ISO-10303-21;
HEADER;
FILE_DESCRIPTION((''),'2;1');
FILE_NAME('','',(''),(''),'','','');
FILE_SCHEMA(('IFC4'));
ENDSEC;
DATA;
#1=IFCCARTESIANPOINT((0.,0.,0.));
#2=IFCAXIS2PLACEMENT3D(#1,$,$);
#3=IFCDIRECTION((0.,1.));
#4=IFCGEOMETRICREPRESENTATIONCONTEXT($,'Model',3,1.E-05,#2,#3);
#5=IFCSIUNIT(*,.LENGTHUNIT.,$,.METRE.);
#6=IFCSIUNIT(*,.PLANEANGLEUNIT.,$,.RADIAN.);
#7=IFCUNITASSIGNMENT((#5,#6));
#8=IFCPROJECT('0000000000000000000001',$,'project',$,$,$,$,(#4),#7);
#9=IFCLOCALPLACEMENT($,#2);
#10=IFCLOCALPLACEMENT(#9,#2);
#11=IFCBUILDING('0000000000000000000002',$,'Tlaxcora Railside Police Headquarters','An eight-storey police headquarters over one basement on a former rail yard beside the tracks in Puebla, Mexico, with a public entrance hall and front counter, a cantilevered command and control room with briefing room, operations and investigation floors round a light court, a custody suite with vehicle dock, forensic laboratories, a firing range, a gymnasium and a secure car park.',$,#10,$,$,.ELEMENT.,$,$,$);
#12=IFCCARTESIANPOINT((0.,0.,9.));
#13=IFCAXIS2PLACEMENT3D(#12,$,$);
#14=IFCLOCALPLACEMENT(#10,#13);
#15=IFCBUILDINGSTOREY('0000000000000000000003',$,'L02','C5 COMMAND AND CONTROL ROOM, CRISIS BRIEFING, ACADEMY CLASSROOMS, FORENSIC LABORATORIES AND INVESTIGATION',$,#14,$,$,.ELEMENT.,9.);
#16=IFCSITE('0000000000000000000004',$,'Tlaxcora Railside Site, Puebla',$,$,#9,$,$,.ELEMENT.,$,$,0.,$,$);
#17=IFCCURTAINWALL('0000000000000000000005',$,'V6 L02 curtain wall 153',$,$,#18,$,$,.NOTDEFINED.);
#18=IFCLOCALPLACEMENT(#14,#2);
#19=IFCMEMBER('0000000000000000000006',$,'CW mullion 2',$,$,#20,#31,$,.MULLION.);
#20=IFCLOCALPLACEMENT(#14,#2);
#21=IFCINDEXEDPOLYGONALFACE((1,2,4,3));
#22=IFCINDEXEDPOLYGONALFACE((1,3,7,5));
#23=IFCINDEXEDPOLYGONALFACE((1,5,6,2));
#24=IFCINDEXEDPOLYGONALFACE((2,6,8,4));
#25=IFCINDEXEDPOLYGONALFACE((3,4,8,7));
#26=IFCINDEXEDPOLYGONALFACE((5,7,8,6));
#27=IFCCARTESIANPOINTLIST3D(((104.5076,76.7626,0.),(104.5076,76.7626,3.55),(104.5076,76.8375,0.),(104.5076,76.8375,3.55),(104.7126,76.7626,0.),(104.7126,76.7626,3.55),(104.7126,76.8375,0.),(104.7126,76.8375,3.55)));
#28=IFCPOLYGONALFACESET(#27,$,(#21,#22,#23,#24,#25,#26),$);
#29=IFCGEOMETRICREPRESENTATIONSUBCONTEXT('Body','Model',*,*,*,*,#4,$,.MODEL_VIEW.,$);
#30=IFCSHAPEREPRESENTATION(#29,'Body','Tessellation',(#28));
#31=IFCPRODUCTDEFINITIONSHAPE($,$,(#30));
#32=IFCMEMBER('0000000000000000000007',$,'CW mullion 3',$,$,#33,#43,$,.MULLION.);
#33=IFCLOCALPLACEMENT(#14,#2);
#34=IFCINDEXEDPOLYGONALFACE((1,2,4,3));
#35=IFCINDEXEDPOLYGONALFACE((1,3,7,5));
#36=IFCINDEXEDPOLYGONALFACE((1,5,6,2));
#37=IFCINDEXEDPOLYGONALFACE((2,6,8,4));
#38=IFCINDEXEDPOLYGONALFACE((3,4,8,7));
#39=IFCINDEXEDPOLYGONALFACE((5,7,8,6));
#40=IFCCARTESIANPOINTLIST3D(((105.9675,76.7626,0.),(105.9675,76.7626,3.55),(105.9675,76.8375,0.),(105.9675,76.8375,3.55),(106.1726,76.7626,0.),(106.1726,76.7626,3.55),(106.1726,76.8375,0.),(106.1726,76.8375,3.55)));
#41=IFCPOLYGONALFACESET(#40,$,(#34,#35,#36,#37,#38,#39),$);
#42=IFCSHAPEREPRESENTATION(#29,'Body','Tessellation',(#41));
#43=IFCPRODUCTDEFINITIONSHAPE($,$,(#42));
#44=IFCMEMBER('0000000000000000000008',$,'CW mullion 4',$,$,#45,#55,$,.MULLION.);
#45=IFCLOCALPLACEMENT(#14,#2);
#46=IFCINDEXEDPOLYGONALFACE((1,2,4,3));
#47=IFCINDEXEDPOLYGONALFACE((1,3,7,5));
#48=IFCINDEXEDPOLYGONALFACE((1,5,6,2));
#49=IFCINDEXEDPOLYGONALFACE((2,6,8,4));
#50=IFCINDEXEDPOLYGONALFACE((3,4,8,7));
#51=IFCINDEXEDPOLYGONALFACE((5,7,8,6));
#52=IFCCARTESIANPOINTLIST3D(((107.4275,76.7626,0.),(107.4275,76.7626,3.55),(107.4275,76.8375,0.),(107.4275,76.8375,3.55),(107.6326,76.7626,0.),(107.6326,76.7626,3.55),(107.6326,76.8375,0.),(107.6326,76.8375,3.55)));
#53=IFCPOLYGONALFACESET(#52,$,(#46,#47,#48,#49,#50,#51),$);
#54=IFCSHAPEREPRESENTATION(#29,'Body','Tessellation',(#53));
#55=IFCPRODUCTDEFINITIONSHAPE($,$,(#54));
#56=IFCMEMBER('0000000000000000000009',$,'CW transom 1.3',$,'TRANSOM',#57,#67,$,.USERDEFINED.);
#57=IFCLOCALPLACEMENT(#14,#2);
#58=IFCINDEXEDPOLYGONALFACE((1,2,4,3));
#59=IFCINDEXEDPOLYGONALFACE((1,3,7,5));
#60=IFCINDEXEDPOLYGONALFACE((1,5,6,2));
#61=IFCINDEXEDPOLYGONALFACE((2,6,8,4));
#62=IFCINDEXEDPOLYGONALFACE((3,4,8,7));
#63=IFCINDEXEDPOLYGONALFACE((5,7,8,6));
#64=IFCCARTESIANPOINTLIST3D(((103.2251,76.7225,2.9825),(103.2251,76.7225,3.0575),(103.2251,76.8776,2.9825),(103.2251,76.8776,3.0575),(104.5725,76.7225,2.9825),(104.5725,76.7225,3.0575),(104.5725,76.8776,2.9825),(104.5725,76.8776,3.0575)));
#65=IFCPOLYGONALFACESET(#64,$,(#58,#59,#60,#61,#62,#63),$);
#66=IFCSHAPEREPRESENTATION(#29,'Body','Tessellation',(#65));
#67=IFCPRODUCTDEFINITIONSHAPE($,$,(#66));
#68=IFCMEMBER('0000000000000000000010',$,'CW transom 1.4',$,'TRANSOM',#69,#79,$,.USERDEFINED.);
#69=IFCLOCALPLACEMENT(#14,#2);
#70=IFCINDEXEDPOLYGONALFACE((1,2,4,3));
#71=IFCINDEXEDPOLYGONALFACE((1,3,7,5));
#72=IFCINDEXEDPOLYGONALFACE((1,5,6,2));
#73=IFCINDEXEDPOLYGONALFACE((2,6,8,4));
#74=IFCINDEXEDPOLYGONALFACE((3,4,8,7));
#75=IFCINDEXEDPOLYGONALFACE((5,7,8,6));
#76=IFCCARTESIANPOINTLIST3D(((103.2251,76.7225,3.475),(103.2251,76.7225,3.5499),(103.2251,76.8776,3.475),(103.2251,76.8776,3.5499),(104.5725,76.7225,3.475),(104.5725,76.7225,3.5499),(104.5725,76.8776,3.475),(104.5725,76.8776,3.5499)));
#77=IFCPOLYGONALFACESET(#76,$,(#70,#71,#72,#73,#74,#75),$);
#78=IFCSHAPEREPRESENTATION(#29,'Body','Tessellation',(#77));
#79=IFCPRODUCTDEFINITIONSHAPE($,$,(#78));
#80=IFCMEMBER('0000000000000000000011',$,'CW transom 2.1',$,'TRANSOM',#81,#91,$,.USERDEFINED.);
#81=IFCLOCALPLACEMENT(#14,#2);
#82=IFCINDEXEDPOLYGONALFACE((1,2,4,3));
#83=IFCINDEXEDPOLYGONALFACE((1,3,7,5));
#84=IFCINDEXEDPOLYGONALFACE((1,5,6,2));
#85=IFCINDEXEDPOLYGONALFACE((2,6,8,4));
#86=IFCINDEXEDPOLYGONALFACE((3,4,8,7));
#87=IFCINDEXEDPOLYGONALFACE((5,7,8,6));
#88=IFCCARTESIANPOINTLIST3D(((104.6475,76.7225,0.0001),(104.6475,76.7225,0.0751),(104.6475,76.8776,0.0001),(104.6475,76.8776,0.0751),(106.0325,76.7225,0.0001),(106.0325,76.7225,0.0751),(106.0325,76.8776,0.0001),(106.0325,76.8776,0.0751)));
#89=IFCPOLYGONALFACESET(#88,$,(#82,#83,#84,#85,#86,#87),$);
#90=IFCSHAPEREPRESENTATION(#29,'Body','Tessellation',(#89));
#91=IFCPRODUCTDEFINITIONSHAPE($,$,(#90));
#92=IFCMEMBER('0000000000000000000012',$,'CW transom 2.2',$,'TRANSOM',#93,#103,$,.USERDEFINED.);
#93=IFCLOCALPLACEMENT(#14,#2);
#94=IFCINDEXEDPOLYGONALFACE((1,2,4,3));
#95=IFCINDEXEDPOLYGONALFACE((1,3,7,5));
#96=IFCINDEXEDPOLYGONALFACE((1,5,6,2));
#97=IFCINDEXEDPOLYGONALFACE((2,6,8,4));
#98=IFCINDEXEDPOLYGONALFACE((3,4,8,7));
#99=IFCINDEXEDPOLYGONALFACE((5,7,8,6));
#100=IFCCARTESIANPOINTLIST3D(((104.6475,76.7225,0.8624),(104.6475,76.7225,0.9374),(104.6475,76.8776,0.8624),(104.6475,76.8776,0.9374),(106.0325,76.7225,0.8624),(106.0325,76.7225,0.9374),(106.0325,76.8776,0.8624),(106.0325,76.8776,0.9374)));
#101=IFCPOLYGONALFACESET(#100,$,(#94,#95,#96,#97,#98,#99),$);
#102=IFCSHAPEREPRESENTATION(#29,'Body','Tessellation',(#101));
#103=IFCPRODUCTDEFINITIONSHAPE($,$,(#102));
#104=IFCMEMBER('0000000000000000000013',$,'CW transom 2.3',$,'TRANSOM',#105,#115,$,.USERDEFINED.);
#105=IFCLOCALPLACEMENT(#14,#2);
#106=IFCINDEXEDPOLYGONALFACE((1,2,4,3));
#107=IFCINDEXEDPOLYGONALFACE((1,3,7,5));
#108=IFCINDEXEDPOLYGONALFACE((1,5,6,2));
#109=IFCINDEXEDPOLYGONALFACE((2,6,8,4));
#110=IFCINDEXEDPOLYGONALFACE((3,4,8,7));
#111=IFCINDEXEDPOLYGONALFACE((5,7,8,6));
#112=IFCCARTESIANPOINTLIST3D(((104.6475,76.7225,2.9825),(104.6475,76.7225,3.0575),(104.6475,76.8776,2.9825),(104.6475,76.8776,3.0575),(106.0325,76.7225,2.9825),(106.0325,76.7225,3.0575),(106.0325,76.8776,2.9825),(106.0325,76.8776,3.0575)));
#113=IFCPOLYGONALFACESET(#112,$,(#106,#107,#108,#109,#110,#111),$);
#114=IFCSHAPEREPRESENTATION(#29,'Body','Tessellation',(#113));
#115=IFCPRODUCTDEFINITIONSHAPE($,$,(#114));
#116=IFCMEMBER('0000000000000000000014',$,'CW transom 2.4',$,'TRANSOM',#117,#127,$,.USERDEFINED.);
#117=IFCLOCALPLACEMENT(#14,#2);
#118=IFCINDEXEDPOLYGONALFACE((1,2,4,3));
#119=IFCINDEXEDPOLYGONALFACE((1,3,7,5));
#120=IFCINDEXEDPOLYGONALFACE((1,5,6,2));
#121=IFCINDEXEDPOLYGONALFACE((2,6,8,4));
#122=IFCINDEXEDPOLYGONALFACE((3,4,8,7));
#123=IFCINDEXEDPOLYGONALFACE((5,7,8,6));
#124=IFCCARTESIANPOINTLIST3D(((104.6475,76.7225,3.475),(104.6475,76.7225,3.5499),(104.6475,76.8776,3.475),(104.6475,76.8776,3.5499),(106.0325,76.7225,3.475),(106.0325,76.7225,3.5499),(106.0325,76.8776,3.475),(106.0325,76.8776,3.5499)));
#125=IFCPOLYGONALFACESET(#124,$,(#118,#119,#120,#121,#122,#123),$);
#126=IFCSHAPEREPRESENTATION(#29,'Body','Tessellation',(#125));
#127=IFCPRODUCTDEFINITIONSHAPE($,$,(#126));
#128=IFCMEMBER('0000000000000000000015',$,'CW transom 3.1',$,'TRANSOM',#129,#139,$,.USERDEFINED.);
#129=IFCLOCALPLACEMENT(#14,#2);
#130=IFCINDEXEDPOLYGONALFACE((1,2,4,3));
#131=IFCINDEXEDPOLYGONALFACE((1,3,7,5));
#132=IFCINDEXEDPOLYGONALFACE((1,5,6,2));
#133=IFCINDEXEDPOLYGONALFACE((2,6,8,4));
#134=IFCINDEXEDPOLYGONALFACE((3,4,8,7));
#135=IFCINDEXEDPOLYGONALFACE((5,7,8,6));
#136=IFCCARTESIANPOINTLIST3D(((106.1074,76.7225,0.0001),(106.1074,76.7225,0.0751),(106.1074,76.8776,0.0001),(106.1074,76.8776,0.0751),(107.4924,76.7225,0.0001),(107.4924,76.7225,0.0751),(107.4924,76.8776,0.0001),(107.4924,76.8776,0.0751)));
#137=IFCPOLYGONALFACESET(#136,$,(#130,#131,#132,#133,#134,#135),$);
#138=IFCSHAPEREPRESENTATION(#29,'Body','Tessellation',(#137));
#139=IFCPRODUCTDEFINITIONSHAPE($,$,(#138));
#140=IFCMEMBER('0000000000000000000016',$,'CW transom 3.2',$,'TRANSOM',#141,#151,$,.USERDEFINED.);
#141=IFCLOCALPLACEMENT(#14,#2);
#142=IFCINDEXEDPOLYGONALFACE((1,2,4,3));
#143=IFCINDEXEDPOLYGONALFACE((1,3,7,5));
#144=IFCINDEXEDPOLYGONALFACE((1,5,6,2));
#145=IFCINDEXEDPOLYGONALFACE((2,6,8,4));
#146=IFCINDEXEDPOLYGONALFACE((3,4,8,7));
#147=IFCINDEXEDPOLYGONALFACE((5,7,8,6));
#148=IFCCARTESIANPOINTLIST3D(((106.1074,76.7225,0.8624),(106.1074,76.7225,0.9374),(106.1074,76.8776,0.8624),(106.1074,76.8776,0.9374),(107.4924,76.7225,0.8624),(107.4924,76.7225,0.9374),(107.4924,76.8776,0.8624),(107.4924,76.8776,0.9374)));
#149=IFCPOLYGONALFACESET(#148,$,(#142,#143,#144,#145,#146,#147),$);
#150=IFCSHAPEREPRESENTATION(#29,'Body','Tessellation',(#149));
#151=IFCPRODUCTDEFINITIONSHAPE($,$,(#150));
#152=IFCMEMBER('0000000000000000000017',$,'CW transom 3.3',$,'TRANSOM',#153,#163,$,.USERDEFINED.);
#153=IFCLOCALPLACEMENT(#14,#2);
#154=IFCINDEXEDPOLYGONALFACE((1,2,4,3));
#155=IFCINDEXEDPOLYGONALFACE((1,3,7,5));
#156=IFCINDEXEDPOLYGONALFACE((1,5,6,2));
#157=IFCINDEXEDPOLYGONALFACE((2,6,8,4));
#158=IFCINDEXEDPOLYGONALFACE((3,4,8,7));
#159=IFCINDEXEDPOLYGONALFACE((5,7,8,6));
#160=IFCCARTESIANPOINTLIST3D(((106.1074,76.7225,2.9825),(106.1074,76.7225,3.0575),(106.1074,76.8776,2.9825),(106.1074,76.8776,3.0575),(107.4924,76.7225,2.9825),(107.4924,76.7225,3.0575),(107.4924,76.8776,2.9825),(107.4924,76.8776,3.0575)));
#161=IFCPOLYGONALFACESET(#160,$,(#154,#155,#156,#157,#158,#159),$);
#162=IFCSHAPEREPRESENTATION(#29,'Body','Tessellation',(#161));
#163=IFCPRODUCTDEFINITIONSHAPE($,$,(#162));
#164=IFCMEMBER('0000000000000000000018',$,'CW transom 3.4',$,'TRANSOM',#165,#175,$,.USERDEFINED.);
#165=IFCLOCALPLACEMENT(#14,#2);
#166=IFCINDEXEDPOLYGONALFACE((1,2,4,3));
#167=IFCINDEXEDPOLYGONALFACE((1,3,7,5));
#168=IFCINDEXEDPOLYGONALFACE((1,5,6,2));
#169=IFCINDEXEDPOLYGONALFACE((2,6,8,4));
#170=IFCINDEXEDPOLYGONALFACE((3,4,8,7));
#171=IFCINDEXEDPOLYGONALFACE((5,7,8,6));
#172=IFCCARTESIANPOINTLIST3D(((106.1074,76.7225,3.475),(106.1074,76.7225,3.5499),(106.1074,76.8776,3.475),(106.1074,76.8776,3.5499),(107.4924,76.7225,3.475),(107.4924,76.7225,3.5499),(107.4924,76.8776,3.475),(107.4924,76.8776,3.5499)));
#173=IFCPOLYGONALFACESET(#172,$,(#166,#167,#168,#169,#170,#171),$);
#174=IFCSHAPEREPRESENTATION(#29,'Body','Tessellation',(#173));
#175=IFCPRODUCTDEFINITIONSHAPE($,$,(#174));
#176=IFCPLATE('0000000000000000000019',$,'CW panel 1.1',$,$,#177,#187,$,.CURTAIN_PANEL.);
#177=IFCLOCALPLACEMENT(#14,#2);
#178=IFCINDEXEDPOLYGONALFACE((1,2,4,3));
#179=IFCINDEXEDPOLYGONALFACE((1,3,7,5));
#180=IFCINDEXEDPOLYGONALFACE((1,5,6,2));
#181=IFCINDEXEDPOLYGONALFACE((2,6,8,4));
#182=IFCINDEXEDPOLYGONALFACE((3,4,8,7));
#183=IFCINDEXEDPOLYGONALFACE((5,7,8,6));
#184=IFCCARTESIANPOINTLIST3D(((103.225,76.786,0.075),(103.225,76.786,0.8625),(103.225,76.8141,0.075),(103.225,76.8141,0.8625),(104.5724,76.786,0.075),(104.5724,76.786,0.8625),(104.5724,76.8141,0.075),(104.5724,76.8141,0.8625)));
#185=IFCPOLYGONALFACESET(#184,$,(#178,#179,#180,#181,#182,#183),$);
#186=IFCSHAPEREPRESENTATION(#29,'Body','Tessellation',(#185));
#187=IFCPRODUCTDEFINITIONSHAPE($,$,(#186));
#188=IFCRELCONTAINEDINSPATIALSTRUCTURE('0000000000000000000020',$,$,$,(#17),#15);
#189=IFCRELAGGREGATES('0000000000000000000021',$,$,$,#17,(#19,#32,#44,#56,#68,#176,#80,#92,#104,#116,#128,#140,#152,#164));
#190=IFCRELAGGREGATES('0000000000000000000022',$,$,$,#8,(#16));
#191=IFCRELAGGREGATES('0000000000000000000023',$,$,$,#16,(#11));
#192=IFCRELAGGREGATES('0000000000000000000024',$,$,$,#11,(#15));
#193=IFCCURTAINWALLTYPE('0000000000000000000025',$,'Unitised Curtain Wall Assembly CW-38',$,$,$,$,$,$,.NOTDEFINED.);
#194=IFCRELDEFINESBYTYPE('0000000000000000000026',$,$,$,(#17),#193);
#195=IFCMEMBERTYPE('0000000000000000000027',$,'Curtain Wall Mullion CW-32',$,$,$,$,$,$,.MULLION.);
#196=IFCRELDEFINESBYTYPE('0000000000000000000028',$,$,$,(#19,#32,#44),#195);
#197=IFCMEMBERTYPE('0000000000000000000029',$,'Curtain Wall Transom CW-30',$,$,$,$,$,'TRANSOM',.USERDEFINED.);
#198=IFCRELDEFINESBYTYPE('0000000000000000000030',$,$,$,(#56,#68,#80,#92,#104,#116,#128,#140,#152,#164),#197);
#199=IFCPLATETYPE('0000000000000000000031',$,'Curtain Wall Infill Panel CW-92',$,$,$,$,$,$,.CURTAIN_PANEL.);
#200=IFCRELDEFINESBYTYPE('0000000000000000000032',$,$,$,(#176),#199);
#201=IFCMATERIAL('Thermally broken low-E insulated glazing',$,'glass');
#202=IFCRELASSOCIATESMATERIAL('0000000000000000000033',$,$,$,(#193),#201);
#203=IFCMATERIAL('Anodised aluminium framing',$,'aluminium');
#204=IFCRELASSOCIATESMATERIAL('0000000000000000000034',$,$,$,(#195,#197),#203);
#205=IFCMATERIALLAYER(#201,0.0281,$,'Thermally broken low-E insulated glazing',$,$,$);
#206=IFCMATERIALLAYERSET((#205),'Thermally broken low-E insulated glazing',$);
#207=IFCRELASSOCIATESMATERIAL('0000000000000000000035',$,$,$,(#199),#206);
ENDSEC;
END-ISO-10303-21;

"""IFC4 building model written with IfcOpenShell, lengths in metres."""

from ifc_helpers import new_model, si_unit, direction, frame, origin, origin_2d, place, context, subcontext, project, spatial, rectangle, extrude, material, layer, layer_set, material_profile, profile_set, type_object, element, aggregate, save


model = new_model("IFC4")

# Units and contexts
model_context = context("Model", 3, precision=1e-05, world=origin(), true_north=direction((0.0, 1.0)))
body_context = subcontext(model_context, "Body", "Model", "MODEL_VIEW")
ifc_project = project(units=[si_unit("LENGTHUNIT", "METRE"), si_unit("PLANEANGLEUNIT", "RADIAN")], contexts=[model_context])

# Site, building, storey
site_placement = place(None, origin())
site = spatial("IfcSite", under=ifc_project, at=site_placement, Name="Tlaxcora Railside Site, Puebla", CompositionType="ELEMENT", RefElevation=0.0)
building_placement = place(site_placement, origin())
building = spatial("IfcBuilding", under=site, at=building_placement, Name="Tlaxcora Railside Police Headquarters", Description="An eight-storey police headquarters over one basement on a former rail yard beside the tracks in Puebla, Mexico, with a public entrance hall and front counter, a cantilevered command and control room with briefing room, operations and investigation floors round a light court, a custody suite with vehicle dock, forensic laboratories, a firing range, a gymnasium and a secure car park.", CompositionType="ELEMENT")
storey_placement = place(building_placement, frame((0.0, 0.0, 9.0)))
storey = spatial("IfcBuildingStorey", under=building, at=storey_placement, Name="L02", Description="C5 COMMAND AND CONTROL ROOM, CRISIS BRIEFING, ACADEMY CLASSROOMS, FORENSIC LABORATORIES AND INVESTIGATION", CompositionType="ELEMENT", Elevation=9.0)

# Curtain wall, members, plate
ifc_material_1 = material(Name="Thermally broken low-E insulated glazing", Category="glass")
curtain_wall_type = type_object("IfcCurtainWallType", Name="Unitised Curtain Wall Assembly CW-38", PredefinedType="NOTDEFINED", material=ifc_material_1)
curtain_wall_placement = place(storey_placement, origin())
curtain_wall = element("IfcCurtainWall", 1, at=curtain_wall_placement, inside=storey, type_object=curtain_wall_type, Name="V6 L02 curtain wall 153", PredefinedType="NOTDEFINED")
ifc_material_2 = material(Name="Anodised aluminium framing", Category="aluminium")
ifc_material_profile_1 = material_profile(ifc_material_2, rectangle(XDim=0.075, YDim=0.2051, at=origin_2d()), Name="AL75X205")
ifc_profile_set_1 = profile_set([ifc_material_profile_1], Name="Anodised aluminium framing")
member_type_1 = type_object("IfcMemberType", Name="Curtain Wall Mullion CW-32", PredefinedType="MULLION", material=ifc_profile_set_1)
member_1_placement = place(storey_placement, frame((104.6101, 76.8, 0.0), z_axis=(0.0, 0.0, 1.0), x_axis=(0.0, 1.0, 0.0)))
member_1 = element("IfcMember", 2, at=member_1_placement, type_object=member_type_1, Name="CW mullion 2", PredefinedType="MULLION", context=body_context, shape_type="SweptSolid", body=[
    extrude(rectangle(XDim=0.075, YDim=0.2051, at=origin_2d()), origin(), (0.0, 0.0, 1.0), 3.55),
])
member_2_placement = place(storey_placement, frame((106.0701, 76.8, 0.0), z_axis=(0.0, 0.0, 1.0), x_axis=(0.0, 1.0, 0.0)))
member_2 = element("IfcMember", 3, at=member_2_placement, type_object=member_type_1, Name="CW mullion 3", PredefinedType="MULLION", context=body_context, shape_type="SweptSolid", body=[
    extrude(rectangle(XDim=0.075, YDim=0.2051, at=origin_2d()), origin(), (0.0, 0.0, 1.0), 3.55),
])
member_3_placement = place(storey_placement, frame((107.53, 76.8, 0.0), z_axis=(0.0, 0.0, 1.0), x_axis=(0.0, 1.0, 0.0)))
member_3 = element("IfcMember", 4, at=member_3_placement, type_object=member_type_1, Name="CW mullion 4", PredefinedType="MULLION", context=body_context, shape_type="SweptSolid", body=[
    extrude(rectangle(XDim=0.075, YDim=0.2051, at=origin_2d()), origin(), (0.0, 0.0, 1.0), 3.55),
])
ifc_material_profile_2 = material_profile(ifc_material_2, rectangle(XDim=0.155, YDim=0.075, at=origin_2d()), Name="AL75X155")
ifc_profile_set_2 = profile_set([ifc_material_profile_2], Name="Anodised aluminium framing")
member_type_2 = type_object("IfcMemberType", Name="Curtain Wall Transom CW-30", ElementType="TRANSOM", PredefinedType="USERDEFINED", material=ifc_profile_set_2)
member_4_placement = place(storey_placement, frame((103.2251, 76.8, 3.02), z_axis=(1.0, 0.0, 0.0), x_axis=(0.0, 1.0, 0.0)))
member_4 = element("IfcMember", 5, at=member_4_placement, type_object=member_type_2, Name="CW transom 1.3", ObjectType="TRANSOM", PredefinedType="USERDEFINED", context=body_context, shape_type="SweptSolid", body=[
    extrude(rectangle(XDim=0.155, YDim=0.075, at=origin_2d()), origin(), (0.0, 0.0, 1.0), 1.3474),
])
member_5_placement = place(storey_placement, frame((103.2251, 76.8, 3.5125), z_axis=(1.0, 0.0, 0.0), x_axis=(0.0, 1.0, 0.0)))
member_5 = element("IfcMember", 6, at=member_5_placement, type_object=member_type_2, Name="CW transom 1.4", ObjectType="TRANSOM", PredefinedType="USERDEFINED", context=body_context, shape_type="SweptSolid", body=[
    extrude(rectangle(XDim=0.155, YDim=0.075, at=origin_2d()), origin(), (0.0, 0.0, 1.0), 1.3474),
])
member_6_placement = place(storey_placement, frame((104.6475, 76.8, 0.0376), z_axis=(1.0, 0.0, 0.0), x_axis=(0.0, 1.0, 0.0)))
member_6 = element("IfcMember", 7, at=member_6_placement, type_object=member_type_2, Name="CW transom 2.1", ObjectType="TRANSOM", PredefinedType="USERDEFINED", context=body_context, shape_type="SweptSolid", body=[
    extrude(rectangle(XDim=0.155, YDim=0.075, at=origin_2d()), origin(), (0.0, 0.0, 1.0), 1.385),
])
member_7_placement = place(storey_placement, frame((104.6475, 76.8, 0.8999), z_axis=(1.0, 0.0, 0.0), x_axis=(0.0, 1.0, 0.0)))
member_7 = element("IfcMember", 8, at=member_7_placement, type_object=member_type_2, Name="CW transom 2.2", ObjectType="TRANSOM", PredefinedType="USERDEFINED", context=body_context, shape_type="SweptSolid", body=[
    extrude(rectangle(XDim=0.155, YDim=0.075, at=origin_2d()), origin(), (0.0, 0.0, 1.0), 1.385),
])
member_8_placement = place(storey_placement, frame((104.6475, 76.8, 3.02), z_axis=(1.0, 0.0, 0.0), x_axis=(0.0, 1.0, 0.0)))
member_8 = element("IfcMember", 9, at=member_8_placement, type_object=member_type_2, Name="CW transom 2.3", ObjectType="TRANSOM", PredefinedType="USERDEFINED", context=body_context, shape_type="SweptSolid", body=[
    extrude(rectangle(XDim=0.155, YDim=0.075, at=origin_2d()), origin(), (0.0, 0.0, 1.0), 1.385),
])
member_9_placement = place(storey_placement, frame((104.6475, 76.8, 3.5125), z_axis=(1.0, 0.0, 0.0), x_axis=(0.0, 1.0, 0.0)))
member_9 = element("IfcMember", 10, at=member_9_placement, type_object=member_type_2, Name="CW transom 2.4", ObjectType="TRANSOM", PredefinedType="USERDEFINED", context=body_context, shape_type="SweptSolid", body=[
    extrude(rectangle(XDim=0.155, YDim=0.075, at=origin_2d()), origin(), (0.0, 0.0, 1.0), 1.385),
])
member_10_placement = place(storey_placement, frame((106.1074, 76.8, 0.0376), z_axis=(1.0, 0.0, 0.0), x_axis=(0.0, 1.0, 0.0)))
member_10 = element("IfcMember", 11, at=member_10_placement, type_object=member_type_2, Name="CW transom 3.1", ObjectType="TRANSOM", PredefinedType="USERDEFINED", context=body_context, shape_type="SweptSolid", body=[
    extrude(rectangle(XDim=0.155, YDim=0.075, at=origin_2d()), origin(), (0.0, 0.0, 1.0), 1.385),
])
member_11_placement = place(storey_placement, frame((106.1074, 76.8, 0.8999), z_axis=(1.0, 0.0, 0.0), x_axis=(0.0, 1.0, 0.0)))
member_11 = element("IfcMember", 12, at=member_11_placement, type_object=member_type_2, Name="CW transom 3.2", ObjectType="TRANSOM", PredefinedType="USERDEFINED", context=body_context, shape_type="SweptSolid", body=[
    extrude(rectangle(XDim=0.155, YDim=0.075, at=origin_2d()), origin(), (0.0, 0.0, 1.0), 1.385),
])
member_12_placement = place(storey_placement, frame((106.1074, 76.8, 3.02), z_axis=(1.0, 0.0, 0.0), x_axis=(0.0, 1.0, 0.0)))
member_12 = element("IfcMember", 13, at=member_12_placement, type_object=member_type_2, Name="CW transom 3.3", ObjectType="TRANSOM", PredefinedType="USERDEFINED", context=body_context, shape_type="SweptSolid", body=[
    extrude(rectangle(XDim=0.155, YDim=0.075, at=origin_2d()), origin(), (0.0, 0.0, 1.0), 1.385),
])
member_13_placement = place(storey_placement, frame((106.1074, 76.8, 3.5125), z_axis=(1.0, 0.0, 0.0), x_axis=(0.0, 1.0, 0.0)))
member_13 = element("IfcMember", 14, at=member_13_placement, type_object=member_type_2, Name="CW transom 3.4", ObjectType="TRANSOM", PredefinedType="USERDEFINED", context=body_context, shape_type="SweptSolid", body=[
    extrude(rectangle(XDim=0.155, YDim=0.075, at=origin_2d()), origin(), (0.0, 0.0, 1.0), 1.385),
])
ifc_layer = layer(ifc_material_1, 0.0281, Name="Thermally broken low-E insulated glazing")
ifc_layer_set = layer_set([ifc_layer], Name="Thermally broken low-E insulated glazing")
plate_type = type_object("IfcPlateType", Name="Curtain Wall Infill Panel CW-92", PredefinedType="CURTAIN_PANEL", material=ifc_layer_set)
plate_1_placement = place(storey_placement, frame((103.8987, 76.8, 0.075), z_axis=(0.0, 0.0, 1.0), x_axis=(1.0, 0.0, 0.0)))
plate_1 = element("IfcPlate", 15, at=plate_1_placement, type_object=plate_type, Name="CW panel 1.1", PredefinedType="CURTAIN_PANEL", context=body_context, shape_type="SweptSolid", body=[
    extrude(rectangle(XDim=1.3474, YDim=0.0281, at=origin_2d()), origin(), (0.0, 0.0, 1.0), 0.7876),
])
aggregate(curtain_wall, [member_1, member_2, member_3, member_4, member_5, plate_1, member_6, member_7, member_8, member_9, member_10, member_11, member_12, member_13])

save(model, "model.ifc")
